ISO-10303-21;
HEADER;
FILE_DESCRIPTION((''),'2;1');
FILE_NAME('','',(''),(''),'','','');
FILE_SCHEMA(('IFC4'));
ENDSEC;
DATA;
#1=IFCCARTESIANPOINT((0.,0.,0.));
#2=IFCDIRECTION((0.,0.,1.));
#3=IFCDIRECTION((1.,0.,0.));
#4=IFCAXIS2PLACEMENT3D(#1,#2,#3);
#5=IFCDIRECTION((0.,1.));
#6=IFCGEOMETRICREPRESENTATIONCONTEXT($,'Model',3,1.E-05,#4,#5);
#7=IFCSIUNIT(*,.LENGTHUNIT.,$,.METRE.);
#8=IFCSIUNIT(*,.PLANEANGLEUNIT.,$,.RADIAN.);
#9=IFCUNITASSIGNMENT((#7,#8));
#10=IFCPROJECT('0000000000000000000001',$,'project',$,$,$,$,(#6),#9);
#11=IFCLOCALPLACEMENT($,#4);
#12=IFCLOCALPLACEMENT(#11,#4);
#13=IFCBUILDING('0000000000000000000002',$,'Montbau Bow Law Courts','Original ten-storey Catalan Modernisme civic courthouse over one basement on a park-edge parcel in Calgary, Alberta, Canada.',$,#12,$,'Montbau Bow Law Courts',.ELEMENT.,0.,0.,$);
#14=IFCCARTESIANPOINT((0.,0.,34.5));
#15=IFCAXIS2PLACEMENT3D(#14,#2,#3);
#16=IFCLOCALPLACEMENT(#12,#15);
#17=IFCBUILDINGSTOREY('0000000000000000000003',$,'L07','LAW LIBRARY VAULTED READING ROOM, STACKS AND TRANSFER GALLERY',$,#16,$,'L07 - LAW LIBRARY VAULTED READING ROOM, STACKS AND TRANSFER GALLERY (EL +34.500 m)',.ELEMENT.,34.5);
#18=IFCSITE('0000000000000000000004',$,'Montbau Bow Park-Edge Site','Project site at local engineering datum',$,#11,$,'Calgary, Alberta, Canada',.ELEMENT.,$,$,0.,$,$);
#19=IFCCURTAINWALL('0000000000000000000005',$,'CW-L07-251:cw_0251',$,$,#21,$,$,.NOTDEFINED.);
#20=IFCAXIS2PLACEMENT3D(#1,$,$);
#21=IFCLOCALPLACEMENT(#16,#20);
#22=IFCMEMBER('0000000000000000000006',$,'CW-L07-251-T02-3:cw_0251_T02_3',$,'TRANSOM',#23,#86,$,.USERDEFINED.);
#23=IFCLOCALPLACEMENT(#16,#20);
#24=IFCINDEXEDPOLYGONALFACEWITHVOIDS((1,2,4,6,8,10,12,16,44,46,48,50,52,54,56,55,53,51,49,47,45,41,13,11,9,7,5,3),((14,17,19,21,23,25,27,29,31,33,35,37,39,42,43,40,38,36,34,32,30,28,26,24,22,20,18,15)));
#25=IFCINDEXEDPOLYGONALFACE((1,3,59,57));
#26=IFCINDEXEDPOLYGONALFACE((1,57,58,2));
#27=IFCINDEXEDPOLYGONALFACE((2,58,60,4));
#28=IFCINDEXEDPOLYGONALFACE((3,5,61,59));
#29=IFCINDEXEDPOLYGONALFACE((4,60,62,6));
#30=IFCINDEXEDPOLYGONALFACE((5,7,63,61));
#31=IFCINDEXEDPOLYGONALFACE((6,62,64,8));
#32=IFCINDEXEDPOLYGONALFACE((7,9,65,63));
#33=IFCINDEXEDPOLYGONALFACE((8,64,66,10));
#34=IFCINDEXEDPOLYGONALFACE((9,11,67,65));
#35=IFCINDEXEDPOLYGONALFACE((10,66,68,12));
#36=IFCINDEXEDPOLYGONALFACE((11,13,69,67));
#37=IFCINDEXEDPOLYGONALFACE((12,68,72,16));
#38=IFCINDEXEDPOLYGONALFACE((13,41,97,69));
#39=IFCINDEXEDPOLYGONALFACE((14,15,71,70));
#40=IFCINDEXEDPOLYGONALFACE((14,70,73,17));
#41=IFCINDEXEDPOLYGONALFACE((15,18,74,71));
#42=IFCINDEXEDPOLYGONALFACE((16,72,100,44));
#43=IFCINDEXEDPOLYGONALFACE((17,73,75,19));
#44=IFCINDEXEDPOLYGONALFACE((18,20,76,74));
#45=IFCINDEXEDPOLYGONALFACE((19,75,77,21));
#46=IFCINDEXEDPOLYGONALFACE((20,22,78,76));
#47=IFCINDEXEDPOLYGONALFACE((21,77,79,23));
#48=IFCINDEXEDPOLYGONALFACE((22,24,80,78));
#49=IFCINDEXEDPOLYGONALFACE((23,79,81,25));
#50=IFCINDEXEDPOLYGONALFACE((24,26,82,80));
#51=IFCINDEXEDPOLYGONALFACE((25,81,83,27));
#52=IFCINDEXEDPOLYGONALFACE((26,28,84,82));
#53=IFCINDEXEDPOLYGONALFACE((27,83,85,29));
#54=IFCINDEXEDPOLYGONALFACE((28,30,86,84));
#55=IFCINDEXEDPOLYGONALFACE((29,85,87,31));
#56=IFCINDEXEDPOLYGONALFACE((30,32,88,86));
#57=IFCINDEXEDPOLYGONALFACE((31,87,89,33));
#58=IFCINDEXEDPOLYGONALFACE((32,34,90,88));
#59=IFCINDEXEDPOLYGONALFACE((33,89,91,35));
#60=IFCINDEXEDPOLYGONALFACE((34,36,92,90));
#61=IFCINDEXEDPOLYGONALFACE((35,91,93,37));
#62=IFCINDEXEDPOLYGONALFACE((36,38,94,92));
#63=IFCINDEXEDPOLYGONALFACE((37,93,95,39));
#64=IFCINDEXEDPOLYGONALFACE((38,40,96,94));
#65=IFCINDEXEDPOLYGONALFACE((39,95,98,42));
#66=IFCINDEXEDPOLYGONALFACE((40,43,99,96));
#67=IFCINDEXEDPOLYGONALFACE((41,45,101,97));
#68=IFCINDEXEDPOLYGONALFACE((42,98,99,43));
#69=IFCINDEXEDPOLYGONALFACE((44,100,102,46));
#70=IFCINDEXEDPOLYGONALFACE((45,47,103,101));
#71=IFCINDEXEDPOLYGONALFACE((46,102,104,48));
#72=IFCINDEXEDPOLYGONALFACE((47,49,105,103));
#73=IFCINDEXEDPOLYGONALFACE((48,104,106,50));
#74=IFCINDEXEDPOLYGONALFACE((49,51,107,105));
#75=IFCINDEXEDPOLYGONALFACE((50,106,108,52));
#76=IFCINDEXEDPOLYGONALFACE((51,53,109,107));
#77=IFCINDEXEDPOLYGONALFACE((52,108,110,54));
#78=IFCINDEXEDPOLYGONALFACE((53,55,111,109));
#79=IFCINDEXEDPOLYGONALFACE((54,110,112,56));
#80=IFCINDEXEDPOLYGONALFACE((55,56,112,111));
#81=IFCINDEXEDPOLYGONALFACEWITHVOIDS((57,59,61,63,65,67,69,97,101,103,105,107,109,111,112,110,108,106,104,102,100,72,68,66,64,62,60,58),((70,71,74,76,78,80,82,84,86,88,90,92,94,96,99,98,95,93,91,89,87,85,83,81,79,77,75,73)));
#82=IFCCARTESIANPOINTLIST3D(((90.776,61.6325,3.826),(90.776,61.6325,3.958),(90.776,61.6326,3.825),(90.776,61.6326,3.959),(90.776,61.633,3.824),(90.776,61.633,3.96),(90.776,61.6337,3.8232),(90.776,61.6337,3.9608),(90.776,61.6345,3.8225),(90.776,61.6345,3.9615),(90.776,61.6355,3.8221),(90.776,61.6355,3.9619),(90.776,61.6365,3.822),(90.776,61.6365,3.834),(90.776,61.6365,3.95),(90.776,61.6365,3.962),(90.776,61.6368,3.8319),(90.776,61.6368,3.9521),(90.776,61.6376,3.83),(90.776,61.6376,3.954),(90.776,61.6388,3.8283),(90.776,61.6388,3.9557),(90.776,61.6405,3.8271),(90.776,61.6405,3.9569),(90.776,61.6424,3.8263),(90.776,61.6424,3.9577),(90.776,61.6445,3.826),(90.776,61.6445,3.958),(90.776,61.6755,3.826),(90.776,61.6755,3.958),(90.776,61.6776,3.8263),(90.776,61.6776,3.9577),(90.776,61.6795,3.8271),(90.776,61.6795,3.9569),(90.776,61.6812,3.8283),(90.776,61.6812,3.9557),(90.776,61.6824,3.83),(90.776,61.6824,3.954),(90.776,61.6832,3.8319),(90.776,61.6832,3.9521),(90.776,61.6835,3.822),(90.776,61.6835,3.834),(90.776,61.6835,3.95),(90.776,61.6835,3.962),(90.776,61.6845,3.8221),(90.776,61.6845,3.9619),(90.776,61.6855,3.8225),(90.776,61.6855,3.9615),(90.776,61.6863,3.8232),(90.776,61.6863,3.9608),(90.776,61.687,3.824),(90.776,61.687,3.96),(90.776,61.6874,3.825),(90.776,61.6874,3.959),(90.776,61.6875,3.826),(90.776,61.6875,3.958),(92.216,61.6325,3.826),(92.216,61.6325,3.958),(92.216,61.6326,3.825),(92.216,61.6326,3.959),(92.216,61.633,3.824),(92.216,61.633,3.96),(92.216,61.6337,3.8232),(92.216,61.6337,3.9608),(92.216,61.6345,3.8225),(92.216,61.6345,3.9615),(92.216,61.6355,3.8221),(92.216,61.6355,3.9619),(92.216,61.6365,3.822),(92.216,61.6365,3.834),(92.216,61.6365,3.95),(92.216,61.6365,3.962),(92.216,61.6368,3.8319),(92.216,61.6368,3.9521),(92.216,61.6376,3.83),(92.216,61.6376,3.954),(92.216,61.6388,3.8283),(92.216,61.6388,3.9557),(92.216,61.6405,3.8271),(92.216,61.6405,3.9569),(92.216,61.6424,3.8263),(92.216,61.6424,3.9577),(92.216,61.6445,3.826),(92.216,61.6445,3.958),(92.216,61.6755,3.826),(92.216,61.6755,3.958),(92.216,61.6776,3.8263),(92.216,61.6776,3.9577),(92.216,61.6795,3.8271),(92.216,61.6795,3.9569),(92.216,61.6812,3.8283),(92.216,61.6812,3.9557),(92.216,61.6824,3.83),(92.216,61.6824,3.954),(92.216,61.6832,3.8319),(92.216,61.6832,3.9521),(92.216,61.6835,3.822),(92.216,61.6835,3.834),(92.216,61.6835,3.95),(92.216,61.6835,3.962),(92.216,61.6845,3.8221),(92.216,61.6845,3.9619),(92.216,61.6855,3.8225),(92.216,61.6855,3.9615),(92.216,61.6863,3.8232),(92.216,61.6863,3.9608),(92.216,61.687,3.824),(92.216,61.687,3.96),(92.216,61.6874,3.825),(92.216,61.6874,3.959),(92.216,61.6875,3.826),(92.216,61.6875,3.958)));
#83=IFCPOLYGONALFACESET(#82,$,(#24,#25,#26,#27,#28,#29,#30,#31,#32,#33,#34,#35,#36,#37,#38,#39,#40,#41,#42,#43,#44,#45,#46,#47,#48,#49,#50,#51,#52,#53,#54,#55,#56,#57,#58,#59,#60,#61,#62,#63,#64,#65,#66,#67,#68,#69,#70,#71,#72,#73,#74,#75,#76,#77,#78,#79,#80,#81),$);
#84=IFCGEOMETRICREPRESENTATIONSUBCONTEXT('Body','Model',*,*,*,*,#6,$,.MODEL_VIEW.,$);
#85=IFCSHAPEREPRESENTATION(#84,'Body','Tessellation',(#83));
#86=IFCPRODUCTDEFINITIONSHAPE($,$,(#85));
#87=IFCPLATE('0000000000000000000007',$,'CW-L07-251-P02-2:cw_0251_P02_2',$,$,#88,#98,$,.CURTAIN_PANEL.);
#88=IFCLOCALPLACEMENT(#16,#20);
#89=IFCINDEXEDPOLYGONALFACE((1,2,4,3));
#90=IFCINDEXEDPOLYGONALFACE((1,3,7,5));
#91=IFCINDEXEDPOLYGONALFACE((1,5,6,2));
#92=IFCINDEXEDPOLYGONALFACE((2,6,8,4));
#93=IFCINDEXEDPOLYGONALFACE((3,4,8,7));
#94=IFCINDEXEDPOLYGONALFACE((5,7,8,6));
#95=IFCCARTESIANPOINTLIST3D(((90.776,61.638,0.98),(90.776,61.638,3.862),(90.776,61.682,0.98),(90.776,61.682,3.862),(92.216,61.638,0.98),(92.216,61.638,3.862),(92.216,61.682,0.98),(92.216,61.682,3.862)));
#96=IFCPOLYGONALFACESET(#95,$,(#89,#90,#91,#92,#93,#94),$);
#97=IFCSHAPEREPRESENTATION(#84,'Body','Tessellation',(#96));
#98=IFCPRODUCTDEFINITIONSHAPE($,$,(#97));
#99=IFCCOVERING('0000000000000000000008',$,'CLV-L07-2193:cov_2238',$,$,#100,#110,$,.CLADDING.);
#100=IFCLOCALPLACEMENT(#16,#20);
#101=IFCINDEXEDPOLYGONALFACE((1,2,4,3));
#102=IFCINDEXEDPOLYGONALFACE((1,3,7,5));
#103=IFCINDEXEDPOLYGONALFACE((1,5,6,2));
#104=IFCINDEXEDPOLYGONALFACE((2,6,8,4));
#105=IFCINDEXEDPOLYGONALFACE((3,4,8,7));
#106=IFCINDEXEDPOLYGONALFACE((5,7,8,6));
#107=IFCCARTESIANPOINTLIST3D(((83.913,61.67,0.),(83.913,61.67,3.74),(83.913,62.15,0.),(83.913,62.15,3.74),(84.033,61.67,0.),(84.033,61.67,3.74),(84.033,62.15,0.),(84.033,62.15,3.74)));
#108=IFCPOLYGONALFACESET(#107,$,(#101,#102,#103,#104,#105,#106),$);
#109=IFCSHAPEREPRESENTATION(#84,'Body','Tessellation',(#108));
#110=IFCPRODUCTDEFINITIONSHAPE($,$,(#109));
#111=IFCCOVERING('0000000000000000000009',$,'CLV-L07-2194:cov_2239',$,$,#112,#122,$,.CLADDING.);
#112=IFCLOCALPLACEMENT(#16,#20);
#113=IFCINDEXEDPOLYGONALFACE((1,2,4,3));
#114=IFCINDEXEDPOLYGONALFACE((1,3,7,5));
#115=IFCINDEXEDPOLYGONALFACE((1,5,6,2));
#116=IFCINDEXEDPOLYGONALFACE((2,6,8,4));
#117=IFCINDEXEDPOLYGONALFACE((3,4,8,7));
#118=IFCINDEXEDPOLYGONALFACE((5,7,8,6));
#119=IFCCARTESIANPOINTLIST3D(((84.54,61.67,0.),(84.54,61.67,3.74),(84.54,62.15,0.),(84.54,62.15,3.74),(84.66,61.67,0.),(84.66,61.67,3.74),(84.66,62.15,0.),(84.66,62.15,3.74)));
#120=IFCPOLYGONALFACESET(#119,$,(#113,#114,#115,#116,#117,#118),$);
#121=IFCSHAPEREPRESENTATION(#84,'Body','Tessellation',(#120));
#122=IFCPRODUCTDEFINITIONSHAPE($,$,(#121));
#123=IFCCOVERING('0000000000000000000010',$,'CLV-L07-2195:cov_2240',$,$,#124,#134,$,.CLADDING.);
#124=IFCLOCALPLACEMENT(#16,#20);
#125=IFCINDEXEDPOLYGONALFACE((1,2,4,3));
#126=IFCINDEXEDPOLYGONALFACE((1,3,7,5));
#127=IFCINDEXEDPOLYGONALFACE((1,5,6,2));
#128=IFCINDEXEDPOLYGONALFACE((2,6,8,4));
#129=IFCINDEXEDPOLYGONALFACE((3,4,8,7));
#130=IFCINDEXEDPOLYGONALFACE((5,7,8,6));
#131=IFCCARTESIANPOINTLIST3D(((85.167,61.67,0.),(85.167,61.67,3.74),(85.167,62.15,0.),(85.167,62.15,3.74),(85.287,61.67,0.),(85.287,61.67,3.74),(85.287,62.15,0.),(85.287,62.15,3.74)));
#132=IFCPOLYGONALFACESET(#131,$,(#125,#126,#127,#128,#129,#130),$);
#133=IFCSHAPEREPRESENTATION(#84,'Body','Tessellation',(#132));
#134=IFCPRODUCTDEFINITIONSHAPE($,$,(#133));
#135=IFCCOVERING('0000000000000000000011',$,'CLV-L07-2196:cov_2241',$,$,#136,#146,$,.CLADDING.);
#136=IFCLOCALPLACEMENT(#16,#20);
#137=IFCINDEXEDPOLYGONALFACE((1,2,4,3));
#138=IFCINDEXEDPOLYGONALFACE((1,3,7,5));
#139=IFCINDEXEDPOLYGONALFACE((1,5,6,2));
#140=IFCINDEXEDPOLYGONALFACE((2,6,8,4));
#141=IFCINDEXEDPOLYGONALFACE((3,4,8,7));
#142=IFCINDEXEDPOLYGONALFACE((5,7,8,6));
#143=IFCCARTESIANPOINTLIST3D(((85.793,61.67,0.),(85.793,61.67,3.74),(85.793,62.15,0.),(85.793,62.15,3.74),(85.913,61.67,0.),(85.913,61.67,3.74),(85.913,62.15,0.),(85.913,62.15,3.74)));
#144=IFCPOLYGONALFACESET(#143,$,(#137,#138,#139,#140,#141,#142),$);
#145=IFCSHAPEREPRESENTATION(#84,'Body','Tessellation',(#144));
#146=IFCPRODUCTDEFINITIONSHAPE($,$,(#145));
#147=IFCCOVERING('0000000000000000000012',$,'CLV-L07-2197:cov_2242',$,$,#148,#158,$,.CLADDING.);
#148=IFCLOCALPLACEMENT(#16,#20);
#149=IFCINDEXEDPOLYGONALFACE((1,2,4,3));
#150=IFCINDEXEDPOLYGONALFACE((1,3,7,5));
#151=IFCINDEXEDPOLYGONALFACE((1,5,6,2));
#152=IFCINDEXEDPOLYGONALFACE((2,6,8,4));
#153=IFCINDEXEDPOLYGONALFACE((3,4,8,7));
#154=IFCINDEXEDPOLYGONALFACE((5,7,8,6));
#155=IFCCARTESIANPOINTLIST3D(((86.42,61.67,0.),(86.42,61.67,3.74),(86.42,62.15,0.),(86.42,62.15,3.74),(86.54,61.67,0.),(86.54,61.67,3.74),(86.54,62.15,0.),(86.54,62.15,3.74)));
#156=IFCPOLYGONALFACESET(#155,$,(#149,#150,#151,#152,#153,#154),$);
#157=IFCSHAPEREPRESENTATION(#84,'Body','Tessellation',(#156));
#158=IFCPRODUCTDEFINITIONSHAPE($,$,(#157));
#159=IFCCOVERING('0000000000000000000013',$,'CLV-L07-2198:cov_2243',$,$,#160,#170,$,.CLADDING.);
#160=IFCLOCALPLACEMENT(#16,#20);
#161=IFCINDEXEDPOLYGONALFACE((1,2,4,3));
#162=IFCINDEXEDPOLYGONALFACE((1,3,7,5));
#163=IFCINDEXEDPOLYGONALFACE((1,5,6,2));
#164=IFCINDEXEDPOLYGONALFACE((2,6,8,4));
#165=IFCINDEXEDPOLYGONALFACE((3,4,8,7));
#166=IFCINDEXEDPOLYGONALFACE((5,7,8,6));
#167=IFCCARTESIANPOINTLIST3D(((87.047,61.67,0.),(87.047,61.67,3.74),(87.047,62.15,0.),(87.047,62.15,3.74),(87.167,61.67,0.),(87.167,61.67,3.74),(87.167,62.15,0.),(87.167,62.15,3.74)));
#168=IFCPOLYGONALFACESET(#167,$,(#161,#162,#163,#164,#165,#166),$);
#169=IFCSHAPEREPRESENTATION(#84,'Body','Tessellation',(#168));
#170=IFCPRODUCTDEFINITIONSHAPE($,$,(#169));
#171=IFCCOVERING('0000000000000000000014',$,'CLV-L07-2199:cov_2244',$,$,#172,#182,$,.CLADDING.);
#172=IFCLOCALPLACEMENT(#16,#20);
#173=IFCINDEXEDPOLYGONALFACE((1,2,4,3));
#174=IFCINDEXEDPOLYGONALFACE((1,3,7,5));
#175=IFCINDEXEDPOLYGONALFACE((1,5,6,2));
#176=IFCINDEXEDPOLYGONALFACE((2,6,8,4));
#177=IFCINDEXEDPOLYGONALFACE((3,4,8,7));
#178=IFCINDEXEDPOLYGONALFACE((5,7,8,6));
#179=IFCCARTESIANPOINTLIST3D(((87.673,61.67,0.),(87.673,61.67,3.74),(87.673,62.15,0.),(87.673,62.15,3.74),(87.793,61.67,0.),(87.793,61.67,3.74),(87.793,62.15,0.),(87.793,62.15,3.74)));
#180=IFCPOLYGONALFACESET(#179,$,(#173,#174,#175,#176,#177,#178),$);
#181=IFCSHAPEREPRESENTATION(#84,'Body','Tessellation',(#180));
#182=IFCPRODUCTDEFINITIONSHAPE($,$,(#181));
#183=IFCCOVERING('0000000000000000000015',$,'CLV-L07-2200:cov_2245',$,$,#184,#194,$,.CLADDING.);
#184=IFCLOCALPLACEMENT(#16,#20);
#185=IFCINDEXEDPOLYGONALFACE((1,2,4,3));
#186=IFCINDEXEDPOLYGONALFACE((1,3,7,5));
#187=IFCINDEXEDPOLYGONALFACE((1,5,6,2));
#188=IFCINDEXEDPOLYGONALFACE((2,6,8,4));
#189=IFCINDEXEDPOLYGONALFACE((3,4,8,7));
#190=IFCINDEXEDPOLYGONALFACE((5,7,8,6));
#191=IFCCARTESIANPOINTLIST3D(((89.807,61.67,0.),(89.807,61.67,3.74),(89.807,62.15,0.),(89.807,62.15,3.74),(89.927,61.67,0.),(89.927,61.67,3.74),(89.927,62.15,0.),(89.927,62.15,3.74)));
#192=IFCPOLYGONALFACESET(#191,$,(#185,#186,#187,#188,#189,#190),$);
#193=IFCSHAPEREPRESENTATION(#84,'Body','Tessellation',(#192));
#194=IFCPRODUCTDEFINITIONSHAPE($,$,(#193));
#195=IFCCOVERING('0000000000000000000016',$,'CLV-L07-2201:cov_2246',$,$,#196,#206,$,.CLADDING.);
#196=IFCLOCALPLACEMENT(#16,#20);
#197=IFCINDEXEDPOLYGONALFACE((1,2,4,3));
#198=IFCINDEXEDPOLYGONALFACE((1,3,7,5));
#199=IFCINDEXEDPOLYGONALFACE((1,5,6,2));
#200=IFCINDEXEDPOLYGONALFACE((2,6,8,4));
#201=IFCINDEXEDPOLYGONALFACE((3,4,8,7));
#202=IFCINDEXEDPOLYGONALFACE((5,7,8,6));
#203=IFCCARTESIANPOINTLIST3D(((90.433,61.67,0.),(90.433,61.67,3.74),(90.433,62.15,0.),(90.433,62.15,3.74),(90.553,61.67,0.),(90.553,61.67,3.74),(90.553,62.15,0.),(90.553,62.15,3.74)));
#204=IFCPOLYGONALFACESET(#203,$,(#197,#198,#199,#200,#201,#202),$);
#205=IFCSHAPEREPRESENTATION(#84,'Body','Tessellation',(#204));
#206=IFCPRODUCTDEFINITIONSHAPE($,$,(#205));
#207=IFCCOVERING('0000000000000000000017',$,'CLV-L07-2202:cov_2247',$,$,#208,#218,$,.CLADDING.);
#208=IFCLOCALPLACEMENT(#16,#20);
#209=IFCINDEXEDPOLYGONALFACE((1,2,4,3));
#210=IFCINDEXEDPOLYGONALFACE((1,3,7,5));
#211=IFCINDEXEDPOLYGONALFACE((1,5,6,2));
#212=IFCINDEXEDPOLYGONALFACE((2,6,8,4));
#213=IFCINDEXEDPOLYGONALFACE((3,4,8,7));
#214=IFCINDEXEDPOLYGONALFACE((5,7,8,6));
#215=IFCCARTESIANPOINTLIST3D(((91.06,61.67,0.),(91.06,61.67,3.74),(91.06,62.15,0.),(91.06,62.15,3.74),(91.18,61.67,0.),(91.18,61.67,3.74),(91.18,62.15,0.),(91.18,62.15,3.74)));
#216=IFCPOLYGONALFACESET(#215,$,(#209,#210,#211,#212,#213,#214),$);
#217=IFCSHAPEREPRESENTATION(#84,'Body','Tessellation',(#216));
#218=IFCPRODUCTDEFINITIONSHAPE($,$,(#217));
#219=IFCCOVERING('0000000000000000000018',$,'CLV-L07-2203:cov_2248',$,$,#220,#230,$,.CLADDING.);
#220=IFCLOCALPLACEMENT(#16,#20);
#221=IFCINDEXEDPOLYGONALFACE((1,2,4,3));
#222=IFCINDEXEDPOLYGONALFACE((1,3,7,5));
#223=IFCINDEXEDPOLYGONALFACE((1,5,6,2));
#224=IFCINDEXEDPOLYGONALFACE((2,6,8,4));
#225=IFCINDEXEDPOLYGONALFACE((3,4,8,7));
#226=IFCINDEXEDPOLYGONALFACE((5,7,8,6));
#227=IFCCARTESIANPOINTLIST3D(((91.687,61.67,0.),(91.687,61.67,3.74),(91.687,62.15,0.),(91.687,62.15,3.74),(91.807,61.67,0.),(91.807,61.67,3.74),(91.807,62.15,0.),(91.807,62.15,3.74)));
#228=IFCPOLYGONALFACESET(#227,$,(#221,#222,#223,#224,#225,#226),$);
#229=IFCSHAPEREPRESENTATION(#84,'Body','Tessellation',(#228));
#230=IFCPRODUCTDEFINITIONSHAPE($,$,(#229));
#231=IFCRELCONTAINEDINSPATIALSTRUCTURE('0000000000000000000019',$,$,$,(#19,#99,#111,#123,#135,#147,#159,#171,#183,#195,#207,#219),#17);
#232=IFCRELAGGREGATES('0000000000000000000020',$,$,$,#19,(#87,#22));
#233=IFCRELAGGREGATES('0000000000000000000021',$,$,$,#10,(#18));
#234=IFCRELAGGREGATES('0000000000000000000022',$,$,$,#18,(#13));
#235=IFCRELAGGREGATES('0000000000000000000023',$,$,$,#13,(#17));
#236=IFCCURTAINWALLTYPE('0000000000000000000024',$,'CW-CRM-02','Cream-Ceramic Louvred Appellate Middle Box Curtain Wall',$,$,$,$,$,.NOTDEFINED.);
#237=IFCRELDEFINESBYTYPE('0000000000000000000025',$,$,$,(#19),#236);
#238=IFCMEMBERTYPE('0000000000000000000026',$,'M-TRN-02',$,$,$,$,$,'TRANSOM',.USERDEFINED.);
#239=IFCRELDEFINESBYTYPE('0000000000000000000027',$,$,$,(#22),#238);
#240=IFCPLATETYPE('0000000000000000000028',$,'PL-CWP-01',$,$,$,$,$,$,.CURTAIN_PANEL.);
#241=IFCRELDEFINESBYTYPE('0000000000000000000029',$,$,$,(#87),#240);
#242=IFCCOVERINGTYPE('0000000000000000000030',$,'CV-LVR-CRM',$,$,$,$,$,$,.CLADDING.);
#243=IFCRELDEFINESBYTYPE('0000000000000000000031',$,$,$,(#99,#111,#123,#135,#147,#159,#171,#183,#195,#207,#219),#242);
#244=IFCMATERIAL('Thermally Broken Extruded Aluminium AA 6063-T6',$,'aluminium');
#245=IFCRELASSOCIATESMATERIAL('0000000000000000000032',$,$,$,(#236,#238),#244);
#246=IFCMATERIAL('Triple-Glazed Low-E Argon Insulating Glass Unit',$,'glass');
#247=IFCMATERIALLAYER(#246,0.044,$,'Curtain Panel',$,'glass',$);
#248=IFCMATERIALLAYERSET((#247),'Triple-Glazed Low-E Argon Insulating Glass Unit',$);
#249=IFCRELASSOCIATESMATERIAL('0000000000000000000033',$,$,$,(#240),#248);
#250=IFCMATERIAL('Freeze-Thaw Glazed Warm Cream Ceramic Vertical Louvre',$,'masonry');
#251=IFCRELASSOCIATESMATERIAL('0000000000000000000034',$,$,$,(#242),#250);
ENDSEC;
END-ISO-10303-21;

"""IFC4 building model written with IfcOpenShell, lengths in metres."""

from ifc_helpers import new_model, si_unit, direction, frame, frame_2d, origin_with_axes, origin_2d_with_axis, place, context, subcontext, project, spatial, rectangle, hollow_rectangle, extrude, material, layer, layer_set, material_profile, profile_set, type_object, element, aggregate, save


model = new_model("IFC4")

# Units and contexts
model_context = context("Model", 3, precision=1e-05, world=origin_with_axes(), true_north=direction((0.0, 1.0)))
body_context = subcontext(model_context, "Body", "Model", "MODEL_VIEW")
ifc_project = project(units=[si_unit("LENGTHUNIT", "METRE"), si_unit("PLANEANGLEUNIT", "RADIAN")], contexts=[model_context])

# Site, building, storey
site_placement = place(None, origin_with_axes())
site = spatial("IfcSite", under=ifc_project, at=site_placement, Name="Montbau Bow Park-Edge Site", Description="Project site at local engineering datum", LongName="Calgary, Alberta, Canada", CompositionType="ELEMENT", RefElevation=0.0)
building_placement = place(site_placement, origin_with_axes())
building = spatial("IfcBuilding", under=site, at=building_placement, Name="Montbau Bow Law Courts", Description="Original ten-storey Catalan Modernisme civic courthouse over one basement on a park-edge parcel in Calgary, Alberta, Canada.", LongName="Montbau Bow Law Courts", CompositionType="ELEMENT", ElevationOfRefHeight=0.0, ElevationOfTerrain=0.0)
storey_placement = place(building_placement, frame((0.0, 0.0, 34.5), z_axis=(0.0, 0.0, 1.0), x_axis=(1.0, 0.0, 0.0)))
storey = spatial("IfcBuildingStorey", under=building, at=storey_placement, Name="L07", Description="LAW LIBRARY VAULTED READING ROOM, STACKS AND TRANSFER GALLERY", LongName="L07 - LAW LIBRARY VAULTED READING ROOM, STACKS AND TRANSFER GALLERY (EL +34.500 m)", CompositionType="ELEMENT", Elevation=34.5)

# Curtain wall, member, plate
ifc_material_1 = material(Name="Thermally Broken Extruded Aluminium AA 6063-T6", Category="aluminium")
curtain_wall_type = type_object("IfcCurtainWallType", Name="CW-CRM-02", Description="Cream-Ceramic Louvred Appellate Middle Box Curtain Wall", PredefinedType="NOTDEFINED", material=ifc_material_1)
curtain_wall_placement = place(None, frame((89.24, 61.66, 34.5), z_axis=(0.0, 0.0, 1.0), x_axis=(1.0, 0.0, 0.0)))
curtain_wall = element("IfcCurtainWall", 1, at=curtain_wall_placement, inside=storey, type_object=curtain_wall_type, Name="CW-L07-251:cw_0251", PredefinedType="NOTDEFINED")
ifc_material_profile_1 = material_profile(ifc_material_1, hollow_rectangle(XDim=0.055, YDim=0.14, WallThickness=0.004, InnerFilletRadius=0.008, OuterFilletRadius=0.004, at=origin_2d_with_axis()), Name="CWT-140X55", Category="Main", Priority=0)
ifc_profile_set_1 = profile_set([ifc_material_profile_1], Name="Thermally Broken Extruded Aluminium AA 6063-T6")
member_type_1 = type_object("IfcMemberType", Name="M-TRN-02", ElementType="TRANSOM", PredefinedType="USERDEFINED", material=ifc_profile_set_1)
member_1_placement = place(None, frame((90.776, 61.66, 38.392), z_axis=(1.0, 0.0, 0.0), x_axis=(0.0, 1.0, 0.0)))
member_1 = element("IfcMember", 2, at=member_1_placement, type_object=member_type_1, Name="CW-L07-251-T02-3:cw_0251_T02_3", ObjectType="TRANSOM", PredefinedType="USERDEFINED", context=body_context, shape_type="SweptSolid", body=[
    extrude(hollow_rectangle(XDim=0.055, YDim=0.14, WallThickness=0.004, InnerFilletRadius=0.008, OuterFilletRadius=0.004, at=origin_2d_with_axis()), origin_with_axes(), (0.0, 0.0, 1.0), 1.44),
])
ifc_material_2 = material(Name="Triple-Glazed Low-E Argon Insulating Glass Unit", Category="glass")
ifc_layer = layer(ifc_material_2, 0.044, Name="Curtain Panel", Category="glass")
ifc_layer_set = layer_set([ifc_layer], Name="Triple-Glazed Low-E Argon Insulating Glass Unit")
plate_type = type_object("IfcPlateType", Name="PL-CWP-01", PredefinedType="CURTAIN_PANEL", material=ifc_layer_set)
plate_placement = place(None, frame((90.776, 61.66, 35.48), z_axis=(0.0, -1.0, 0.0), x_axis=(1.0, 0.0, 0.0)))
plate = element("IfcPlate", 3, at=plate_placement, type_object=plate_type, Name="CW-L07-251-P02-2:cw_0251_P02_2", PredefinedType="CURTAIN_PANEL", context=body_context, shape_type="SweptSolid", body=[
    extrude(rectangle(XDim=1.44, YDim=2.882, at=frame_2d((0.72, 1.441), x_axis=(1.0, 0.0))), frame((0.0, 0.0, -0.022), z_axis=(0.0, 0.0, 1.0), x_axis=(1.0, 0.0, 0.0)), (0.0, 0.0, 1.0), 0.044),
])
aggregate(curtain_wall, [plate, member_1])

# Coverings
ifc_material_3 = material(Name="Freeze-Thaw Glazed Warm Cream Ceramic Vertical Louvre", Category="masonry")
covering_type = type_object("IfcCoveringType", Name="CV-LVR-CRM", PredefinedType="CLADDING", material=ifc_material_3)
for number, where, z_axis, x_axis, name in (
    (4, (83.973, 61.67, 34.5), (1.0, 0.0, 0.0), (0.0, 1.0, 0.0), "CLV-L07-2193:cov_2238"),
    (5, (84.6, 61.67, 34.5), (1.0, 0.0, 0.0), (0.0, 1.0, 0.0), "CLV-L07-2194:cov_2239"),
    (6, (85.227, 61.67, 34.5), (1.0, 0.0, 0.0), (0.0, 1.0, 0.0), "CLV-L07-2195:cov_2240"),
    (7, (85.853, 61.67, 34.5), (1.0, 0.0, 0.0), (0.0, 1.0, 0.0), "CLV-L07-2196:cov_2241"),
    (8, (86.48, 61.67, 34.5), (1.0, 0.0, 0.0), (0.0, 1.0, 0.0), "CLV-L07-2197:cov_2242"),
    (9, (87.107, 61.67, 34.5), (1.0, 0.0, 0.0), (0.0, 1.0, 0.0), "CLV-L07-2198:cov_2243"),
    (10, (87.733, 61.67, 34.5), (1.0, 0.0, 0.0), (0.0, 1.0, 0.0), "CLV-L07-2199:cov_2244"),
    (11, (89.867, 61.67, 34.5), (1.0, 0.0, 0.0), (0.0, 1.0, 0.0), "CLV-L07-2200:cov_2245"),
    (12, (90.493, 61.67, 34.5), (1.0, 0.0, 0.0), (0.0, 1.0, 0.0), "CLV-L07-2201:cov_2246"),
    (13, (91.12, 61.67, 34.5), (1.0, 0.0, 0.0), (0.0, 1.0, 0.0), "CLV-L07-2202:cov_2247"),
    (14, (91.747, 61.67, 34.5), (1.0, 0.0, 0.0), (0.0, 1.0, 0.0), "CLV-L07-2203:cov_2248"),
):
    element("IfcCovering", number, at=place(None, frame(where, z_axis=z_axis, x_axis=x_axis)), inside=storey, type_object=covering_type, Name=name, PredefinedType="CLADDING", context=body_context, shape_type="SweptSolid", body=[
        extrude(rectangle(XDim=0.48, YDim=3.74, at=frame_2d((0.24, 1.87), x_axis=(1.0, 0.0))), frame((0.0, 0.0, -0.06), z_axis=(0.0, 0.0, 1.0), x_axis=(1.0, 0.0, 0.0)), (0.0, 0.0, 1.0), 0.12),
    ])

save(model, "model.ifc")
